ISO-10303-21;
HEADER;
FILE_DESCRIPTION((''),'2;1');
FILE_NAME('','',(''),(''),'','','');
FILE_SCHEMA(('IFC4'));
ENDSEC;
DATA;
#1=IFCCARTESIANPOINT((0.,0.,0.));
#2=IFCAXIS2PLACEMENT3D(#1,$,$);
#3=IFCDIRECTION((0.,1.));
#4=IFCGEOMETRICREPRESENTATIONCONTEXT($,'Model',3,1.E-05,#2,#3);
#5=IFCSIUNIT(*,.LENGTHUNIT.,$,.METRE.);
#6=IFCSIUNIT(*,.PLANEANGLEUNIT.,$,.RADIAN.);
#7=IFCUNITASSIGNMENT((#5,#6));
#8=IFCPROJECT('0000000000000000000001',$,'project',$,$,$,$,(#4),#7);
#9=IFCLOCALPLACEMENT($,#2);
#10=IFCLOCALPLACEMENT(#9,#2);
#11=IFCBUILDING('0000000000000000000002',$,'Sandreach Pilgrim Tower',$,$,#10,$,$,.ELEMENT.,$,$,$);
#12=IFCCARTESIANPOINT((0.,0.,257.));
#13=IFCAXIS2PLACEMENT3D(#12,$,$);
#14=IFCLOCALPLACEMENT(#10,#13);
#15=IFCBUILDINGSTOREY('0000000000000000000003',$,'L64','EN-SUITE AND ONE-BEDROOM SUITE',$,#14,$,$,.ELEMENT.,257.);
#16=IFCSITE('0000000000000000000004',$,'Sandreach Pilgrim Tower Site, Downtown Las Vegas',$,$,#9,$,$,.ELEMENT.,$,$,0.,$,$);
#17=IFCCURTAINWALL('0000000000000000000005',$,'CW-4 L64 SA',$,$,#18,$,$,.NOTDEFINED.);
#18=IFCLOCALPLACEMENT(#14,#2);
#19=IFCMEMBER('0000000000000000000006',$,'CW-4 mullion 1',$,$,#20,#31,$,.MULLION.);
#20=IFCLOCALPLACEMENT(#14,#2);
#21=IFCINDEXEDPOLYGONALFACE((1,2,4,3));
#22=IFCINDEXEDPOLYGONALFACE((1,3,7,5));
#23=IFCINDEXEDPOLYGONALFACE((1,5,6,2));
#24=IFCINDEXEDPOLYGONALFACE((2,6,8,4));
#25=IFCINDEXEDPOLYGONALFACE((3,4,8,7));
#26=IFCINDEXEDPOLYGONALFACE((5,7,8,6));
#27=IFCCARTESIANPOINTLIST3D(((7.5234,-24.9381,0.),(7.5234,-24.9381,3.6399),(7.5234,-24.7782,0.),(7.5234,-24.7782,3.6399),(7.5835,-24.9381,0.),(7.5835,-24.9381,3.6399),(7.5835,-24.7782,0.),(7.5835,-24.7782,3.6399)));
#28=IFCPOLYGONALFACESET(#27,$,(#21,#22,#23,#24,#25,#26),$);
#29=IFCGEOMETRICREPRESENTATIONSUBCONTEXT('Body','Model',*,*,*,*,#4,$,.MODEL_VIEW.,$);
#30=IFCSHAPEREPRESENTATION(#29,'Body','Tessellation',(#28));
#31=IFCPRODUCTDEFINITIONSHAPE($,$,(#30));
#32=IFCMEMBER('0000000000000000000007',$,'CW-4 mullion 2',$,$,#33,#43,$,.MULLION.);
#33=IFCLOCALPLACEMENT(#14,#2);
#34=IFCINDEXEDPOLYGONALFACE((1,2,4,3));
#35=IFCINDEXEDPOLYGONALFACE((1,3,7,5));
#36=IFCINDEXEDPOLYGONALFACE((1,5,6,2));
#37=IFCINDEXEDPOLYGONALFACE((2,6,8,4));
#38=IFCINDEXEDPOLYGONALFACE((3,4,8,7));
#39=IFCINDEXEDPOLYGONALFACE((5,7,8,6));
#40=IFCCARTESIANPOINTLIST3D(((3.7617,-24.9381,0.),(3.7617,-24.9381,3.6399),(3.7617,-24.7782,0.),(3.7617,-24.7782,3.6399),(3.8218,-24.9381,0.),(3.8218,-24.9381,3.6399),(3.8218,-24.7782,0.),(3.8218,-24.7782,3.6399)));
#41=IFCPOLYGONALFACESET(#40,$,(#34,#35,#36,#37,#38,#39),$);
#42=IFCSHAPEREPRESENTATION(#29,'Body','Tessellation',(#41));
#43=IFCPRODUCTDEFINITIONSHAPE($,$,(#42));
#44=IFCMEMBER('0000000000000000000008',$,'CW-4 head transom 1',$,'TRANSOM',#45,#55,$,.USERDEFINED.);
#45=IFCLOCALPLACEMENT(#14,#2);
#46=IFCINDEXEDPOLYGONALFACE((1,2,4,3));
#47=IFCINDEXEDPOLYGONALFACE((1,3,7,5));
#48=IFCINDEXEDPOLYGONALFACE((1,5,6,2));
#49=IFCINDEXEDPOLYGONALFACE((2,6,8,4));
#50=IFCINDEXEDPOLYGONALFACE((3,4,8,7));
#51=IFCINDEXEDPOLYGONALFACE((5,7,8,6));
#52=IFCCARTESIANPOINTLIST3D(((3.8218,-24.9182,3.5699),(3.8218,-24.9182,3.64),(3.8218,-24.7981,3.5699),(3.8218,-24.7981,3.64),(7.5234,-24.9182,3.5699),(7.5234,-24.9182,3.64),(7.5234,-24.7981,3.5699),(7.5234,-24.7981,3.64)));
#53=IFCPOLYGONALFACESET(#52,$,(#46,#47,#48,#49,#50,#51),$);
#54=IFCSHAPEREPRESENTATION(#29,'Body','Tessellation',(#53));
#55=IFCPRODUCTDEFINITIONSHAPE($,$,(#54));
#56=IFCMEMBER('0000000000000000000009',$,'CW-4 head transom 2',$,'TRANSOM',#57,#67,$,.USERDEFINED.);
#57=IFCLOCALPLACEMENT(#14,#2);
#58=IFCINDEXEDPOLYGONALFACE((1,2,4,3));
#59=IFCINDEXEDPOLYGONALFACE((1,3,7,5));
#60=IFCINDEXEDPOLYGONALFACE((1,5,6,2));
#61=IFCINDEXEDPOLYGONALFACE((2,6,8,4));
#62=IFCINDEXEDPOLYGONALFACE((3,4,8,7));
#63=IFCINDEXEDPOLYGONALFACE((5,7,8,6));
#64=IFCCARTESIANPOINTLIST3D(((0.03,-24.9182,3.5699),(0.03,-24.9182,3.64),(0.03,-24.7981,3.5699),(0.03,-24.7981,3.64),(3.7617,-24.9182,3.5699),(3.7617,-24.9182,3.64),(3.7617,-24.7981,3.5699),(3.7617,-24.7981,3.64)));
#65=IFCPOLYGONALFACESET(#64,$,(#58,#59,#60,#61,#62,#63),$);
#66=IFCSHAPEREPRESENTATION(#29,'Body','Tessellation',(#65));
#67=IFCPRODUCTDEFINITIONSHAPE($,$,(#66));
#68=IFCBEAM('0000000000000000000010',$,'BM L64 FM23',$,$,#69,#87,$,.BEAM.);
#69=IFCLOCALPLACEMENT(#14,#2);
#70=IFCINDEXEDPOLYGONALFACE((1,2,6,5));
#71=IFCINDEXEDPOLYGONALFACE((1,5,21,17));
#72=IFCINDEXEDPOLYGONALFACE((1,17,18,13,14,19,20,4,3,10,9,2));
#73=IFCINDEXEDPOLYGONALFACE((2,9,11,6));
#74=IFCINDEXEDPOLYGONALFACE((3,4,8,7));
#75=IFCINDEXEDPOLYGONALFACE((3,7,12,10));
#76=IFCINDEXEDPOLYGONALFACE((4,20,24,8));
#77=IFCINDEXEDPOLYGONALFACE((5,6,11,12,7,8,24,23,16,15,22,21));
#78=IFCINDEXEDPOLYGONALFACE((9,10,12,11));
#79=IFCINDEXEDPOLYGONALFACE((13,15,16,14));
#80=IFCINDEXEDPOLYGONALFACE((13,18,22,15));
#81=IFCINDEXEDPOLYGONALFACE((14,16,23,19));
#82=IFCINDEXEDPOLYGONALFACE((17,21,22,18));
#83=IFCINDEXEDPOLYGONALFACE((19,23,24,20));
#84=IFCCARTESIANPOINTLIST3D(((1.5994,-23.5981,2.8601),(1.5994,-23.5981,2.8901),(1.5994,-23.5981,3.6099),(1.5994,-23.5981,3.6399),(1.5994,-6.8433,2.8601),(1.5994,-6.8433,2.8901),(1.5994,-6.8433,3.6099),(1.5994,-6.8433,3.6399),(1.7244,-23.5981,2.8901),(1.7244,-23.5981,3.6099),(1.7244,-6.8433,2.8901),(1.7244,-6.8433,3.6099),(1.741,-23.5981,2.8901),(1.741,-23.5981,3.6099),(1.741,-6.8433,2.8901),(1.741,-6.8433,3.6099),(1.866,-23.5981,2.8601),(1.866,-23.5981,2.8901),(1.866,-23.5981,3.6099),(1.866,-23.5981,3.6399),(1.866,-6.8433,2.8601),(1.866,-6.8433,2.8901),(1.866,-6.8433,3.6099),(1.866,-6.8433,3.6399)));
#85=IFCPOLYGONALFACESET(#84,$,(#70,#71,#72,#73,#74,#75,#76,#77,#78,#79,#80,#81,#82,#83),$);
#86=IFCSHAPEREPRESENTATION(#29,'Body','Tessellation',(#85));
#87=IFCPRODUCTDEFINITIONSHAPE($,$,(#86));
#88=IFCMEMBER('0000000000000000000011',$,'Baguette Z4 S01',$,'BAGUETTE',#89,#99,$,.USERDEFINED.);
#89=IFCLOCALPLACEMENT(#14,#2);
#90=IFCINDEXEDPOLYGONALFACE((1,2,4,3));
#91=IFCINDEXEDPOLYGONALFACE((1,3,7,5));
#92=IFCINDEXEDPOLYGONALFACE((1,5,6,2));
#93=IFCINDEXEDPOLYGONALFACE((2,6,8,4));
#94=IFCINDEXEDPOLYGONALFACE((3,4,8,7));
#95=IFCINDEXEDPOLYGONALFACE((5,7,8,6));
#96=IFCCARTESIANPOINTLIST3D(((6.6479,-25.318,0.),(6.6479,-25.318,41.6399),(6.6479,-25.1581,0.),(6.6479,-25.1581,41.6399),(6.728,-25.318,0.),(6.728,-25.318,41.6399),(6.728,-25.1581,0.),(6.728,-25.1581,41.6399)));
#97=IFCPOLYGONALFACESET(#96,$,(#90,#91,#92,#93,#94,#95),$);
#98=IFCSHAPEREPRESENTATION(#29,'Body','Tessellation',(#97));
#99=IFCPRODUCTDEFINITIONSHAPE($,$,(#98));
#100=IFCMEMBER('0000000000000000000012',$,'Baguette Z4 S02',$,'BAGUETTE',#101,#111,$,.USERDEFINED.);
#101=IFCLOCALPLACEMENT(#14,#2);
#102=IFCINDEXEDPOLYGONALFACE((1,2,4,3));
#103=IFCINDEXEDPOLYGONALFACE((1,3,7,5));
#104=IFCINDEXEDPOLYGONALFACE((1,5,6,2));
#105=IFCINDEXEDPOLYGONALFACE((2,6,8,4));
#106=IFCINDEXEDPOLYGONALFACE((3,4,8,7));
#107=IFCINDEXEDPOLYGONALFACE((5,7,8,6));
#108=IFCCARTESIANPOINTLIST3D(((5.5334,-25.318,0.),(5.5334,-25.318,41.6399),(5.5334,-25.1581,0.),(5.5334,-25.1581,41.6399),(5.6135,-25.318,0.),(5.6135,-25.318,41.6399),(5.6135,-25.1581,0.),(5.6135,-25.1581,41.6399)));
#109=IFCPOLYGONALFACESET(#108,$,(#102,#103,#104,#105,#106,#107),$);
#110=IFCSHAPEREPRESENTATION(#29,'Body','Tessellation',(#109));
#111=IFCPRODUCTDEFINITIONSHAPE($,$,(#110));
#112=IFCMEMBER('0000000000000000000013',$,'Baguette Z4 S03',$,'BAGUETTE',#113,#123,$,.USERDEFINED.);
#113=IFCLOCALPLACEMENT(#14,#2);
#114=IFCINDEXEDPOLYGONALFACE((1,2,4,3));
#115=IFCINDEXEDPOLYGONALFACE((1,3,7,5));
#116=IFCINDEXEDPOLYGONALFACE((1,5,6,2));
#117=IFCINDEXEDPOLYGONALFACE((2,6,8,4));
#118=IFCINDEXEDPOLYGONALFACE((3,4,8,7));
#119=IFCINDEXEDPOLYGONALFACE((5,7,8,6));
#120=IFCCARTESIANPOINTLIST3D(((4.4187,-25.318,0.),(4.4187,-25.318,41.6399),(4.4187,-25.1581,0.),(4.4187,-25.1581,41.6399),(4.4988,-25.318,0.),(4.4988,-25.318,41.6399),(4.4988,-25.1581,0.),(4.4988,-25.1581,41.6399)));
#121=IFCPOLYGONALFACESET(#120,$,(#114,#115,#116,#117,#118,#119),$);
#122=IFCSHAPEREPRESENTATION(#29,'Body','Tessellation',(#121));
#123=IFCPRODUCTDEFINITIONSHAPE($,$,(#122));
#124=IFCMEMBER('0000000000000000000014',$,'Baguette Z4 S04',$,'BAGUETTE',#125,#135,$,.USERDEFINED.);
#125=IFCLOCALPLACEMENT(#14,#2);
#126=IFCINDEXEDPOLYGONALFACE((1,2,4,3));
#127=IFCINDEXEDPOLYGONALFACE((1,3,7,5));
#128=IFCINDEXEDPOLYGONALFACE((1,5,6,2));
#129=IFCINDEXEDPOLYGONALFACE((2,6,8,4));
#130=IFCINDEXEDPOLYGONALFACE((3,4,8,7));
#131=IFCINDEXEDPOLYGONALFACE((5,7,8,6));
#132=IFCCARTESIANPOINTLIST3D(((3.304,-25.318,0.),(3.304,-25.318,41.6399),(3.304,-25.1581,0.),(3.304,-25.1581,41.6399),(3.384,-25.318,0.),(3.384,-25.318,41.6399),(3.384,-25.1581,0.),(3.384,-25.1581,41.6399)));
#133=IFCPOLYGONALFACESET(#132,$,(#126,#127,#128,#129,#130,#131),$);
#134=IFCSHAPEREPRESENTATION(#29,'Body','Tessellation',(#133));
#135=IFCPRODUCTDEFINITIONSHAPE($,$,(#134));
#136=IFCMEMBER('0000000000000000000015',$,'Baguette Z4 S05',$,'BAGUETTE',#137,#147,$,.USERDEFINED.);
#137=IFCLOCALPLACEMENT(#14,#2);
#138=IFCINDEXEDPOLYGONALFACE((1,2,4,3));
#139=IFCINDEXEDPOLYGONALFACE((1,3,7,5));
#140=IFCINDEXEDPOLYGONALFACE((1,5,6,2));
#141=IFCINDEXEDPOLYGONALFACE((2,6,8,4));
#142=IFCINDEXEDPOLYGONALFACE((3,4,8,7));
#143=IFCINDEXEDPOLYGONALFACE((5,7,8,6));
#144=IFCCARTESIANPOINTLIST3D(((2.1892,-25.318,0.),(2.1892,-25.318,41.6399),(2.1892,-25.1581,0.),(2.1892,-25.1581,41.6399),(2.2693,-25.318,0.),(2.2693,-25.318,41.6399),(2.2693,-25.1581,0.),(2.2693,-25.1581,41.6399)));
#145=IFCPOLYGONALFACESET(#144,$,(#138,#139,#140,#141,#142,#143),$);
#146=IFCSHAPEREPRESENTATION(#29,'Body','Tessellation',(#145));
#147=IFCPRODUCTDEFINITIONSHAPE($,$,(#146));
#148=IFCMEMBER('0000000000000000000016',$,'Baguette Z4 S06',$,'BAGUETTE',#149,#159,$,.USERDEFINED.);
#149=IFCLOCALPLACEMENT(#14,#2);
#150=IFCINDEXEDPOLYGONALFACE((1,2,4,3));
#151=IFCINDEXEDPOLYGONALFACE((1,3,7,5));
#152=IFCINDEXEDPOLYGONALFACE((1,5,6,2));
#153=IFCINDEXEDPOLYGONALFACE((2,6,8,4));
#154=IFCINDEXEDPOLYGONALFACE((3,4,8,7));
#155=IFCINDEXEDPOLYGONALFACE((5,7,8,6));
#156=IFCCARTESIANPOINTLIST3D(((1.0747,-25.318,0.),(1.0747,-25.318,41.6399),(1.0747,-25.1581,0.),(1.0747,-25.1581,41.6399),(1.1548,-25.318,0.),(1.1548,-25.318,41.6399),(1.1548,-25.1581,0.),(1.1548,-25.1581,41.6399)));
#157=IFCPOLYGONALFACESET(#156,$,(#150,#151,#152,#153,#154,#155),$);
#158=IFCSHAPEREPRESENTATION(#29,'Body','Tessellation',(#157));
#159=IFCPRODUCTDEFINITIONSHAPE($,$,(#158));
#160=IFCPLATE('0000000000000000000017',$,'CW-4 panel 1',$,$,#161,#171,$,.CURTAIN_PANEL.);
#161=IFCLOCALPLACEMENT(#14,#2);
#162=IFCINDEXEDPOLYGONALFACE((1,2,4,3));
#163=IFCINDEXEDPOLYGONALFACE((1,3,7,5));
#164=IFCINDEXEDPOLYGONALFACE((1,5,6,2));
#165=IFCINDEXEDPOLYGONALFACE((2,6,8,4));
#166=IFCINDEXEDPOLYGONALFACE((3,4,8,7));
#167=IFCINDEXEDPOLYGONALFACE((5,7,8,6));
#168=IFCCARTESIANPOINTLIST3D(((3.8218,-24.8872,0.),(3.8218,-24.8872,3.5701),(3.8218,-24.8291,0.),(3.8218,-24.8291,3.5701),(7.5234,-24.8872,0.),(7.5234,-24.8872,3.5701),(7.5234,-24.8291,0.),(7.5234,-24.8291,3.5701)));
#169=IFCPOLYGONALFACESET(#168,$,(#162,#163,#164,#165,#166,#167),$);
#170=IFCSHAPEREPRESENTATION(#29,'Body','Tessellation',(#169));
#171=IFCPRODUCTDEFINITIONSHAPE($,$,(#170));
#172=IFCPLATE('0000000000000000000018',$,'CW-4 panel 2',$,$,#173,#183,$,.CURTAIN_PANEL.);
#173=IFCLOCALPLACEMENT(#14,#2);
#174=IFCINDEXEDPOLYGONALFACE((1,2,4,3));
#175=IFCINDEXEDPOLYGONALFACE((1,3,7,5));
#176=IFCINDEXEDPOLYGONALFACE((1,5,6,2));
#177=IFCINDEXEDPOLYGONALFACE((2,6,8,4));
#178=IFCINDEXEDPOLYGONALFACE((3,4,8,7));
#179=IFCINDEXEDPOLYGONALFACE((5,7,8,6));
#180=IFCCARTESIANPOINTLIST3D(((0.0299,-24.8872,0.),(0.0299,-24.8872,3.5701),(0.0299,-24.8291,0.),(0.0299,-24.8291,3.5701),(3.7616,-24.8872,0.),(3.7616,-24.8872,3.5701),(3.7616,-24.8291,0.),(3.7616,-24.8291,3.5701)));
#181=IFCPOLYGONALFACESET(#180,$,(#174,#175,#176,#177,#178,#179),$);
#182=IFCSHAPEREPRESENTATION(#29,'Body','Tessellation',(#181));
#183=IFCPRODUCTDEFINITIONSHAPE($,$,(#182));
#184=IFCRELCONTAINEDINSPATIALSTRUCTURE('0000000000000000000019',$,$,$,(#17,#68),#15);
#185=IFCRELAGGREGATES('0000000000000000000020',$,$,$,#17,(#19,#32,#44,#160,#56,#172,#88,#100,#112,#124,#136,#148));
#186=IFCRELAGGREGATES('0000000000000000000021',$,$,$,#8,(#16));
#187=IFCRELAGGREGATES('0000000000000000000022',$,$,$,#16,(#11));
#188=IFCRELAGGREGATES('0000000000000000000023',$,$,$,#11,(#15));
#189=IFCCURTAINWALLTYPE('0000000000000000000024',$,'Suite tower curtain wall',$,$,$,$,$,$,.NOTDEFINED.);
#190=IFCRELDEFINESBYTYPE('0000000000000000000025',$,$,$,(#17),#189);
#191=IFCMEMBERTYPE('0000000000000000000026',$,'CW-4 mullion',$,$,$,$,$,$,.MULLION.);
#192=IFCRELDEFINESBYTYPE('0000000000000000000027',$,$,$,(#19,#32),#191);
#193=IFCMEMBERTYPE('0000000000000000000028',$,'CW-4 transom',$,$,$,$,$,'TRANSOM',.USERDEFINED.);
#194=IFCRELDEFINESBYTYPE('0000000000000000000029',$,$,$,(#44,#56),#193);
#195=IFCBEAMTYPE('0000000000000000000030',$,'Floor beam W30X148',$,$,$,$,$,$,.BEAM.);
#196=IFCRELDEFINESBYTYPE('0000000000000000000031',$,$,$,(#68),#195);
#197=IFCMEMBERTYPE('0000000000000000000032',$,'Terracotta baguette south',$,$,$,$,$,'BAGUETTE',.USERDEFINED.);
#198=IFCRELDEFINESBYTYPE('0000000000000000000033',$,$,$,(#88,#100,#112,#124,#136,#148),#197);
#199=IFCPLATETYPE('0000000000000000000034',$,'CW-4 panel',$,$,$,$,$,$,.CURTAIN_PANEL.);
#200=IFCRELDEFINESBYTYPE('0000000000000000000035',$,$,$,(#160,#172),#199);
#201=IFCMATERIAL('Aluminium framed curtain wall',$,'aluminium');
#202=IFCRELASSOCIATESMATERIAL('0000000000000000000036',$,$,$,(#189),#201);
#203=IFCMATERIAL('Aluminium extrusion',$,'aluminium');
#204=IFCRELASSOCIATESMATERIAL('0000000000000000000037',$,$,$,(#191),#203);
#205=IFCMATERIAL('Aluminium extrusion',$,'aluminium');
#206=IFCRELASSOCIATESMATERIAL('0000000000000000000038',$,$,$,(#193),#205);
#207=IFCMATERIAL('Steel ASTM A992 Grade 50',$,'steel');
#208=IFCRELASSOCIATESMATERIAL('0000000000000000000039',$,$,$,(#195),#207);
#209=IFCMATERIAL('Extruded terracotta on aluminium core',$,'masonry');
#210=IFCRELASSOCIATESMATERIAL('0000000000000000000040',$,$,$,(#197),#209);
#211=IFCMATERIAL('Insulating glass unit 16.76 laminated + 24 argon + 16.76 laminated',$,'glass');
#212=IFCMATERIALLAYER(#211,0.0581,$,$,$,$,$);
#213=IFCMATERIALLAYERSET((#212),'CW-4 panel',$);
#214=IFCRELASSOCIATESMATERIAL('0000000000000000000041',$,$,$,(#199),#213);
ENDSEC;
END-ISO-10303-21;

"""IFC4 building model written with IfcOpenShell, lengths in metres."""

from ifc_helpers import new_model, si_unit, direction, frame, origin, origin_2d, place, context, subcontext, project, spatial, rectangle, i_section, extrude, material, layer, layer_set, material_profile, profile_set, type_object, element, aggregate, save


model = new_model("IFC4")

# Units and contexts
model_context = context("Model", 3, precision=1e-05, world=origin(), true_north=direction((0.0, 1.0)))
body_context = subcontext(model_context, "Body", "Model", "MODEL_VIEW")
ifc_project = project(units=[si_unit("LENGTHUNIT", "METRE"), si_unit("PLANEANGLEUNIT", "RADIAN")], contexts=[model_context])

# Site, building, storey
site_placement = place(None, origin())
site = spatial("IfcSite", under=ifc_project, at=site_placement, Name="Sandreach Pilgrim Tower Site, Downtown Las Vegas", CompositionType="ELEMENT", RefElevation=0.0)
building_placement = place(site_placement, origin())
building = spatial("IfcBuilding", under=site, at=building_placement, Name="Sandreach Pilgrim Tower", CompositionType="ELEMENT")
storey_placement = place(building_placement, frame((0.0, 0.0, 257.0)))
storey = spatial("IfcBuildingStorey", under=building, at=storey_placement, Name="L64", Description="EN-SUITE AND ONE-BEDROOM SUITE", CompositionType="ELEMENT", Elevation=257.0)

# Curtain wall, members
ifc_material_1 = material(Name="Aluminium framed curtain wall", Category="aluminium")
curtain_wall_type = type_object("IfcCurtainWallType", Name="Suite tower curtain wall", PredefinedType="NOTDEFINED", material=ifc_material_1)
curtain_wall_placement = place(storey_placement, origin())
curtain_wall = element("IfcCurtainWall", 1, at=curtain_wall_placement, inside=storey, type_object=curtain_wall_type, Name="CW-4 L64 SA", PredefinedType="NOTDEFINED")
ifc_material_2 = material(Name="Aluminium extrusion", Category="aluminium")
ifc_material_profile_1 = material_profile(ifc_material_2, rectangle(XDim=0.0601, YDim=0.1599, at=origin_2d()), Name="CW-4M 60X160")
ifc_profile_set_1 = profile_set([ifc_material_profile_1], Name="Aluminium extrusion")
member_type_1 = type_object("IfcMemberType", Name="CW-4 mullion", PredefinedType="MULLION", material=ifc_profile_set_1)
member_1_placement = place(storey_placement, frame((7.5535, -24.8582, 0.0), z_axis=(0.0, 0.0, 1.0), x_axis=(-1.0, 0.0, 0.0)))
member_1 = element("IfcMember", 2, at=member_1_placement, type_object=member_type_1, Name="CW-4 mullion 1", PredefinedType="MULLION", context=body_context, shape_type="SweptSolid", body=[
    extrude(rectangle(XDim=0.0601, YDim=0.1599, at=origin_2d()), origin(), (0.0, 0.0, 1.0), 3.6399),
])
member_2_placement = place(storey_placement, frame((3.7917, -24.8582, 0.0), z_axis=(0.0, 0.0, 1.0), x_axis=(-1.0, 0.0, 0.0)))
member_2 = element("IfcMember", 3, at=member_2_placement, type_object=member_type_1, Name="CW-4 mullion 2", PredefinedType="MULLION", context=body_context, shape_type="SweptSolid", body=[
    extrude(rectangle(XDim=0.0601, YDim=0.1599, at=origin_2d()), origin(), (0.0, 0.0, 1.0), 3.6399),
])
ifc_material_3 = material(Name="Aluminium extrusion", Category="aluminium")
ifc_material_profile_2 = material_profile(ifc_material_3, rectangle(XDim=0.1201, YDim=0.0701, at=origin_2d()), Name="CW-4T 120X70")
ifc_profile_set_2 = profile_set([ifc_material_profile_2], Name="Aluminium extrusion")
member_type_2 = type_object("IfcMemberType", Name="CW-4 transom", ElementType="TRANSOM", PredefinedType="USERDEFINED", material=ifc_profile_set_2)
member_3_placement = place(storey_placement, frame((7.5234, -24.8582, 3.605), z_axis=(-1.0, 0.0, 0.0), x_axis=(0.0, -1.0, 0.0)))
member_3 = element("IfcMember", 4, at=member_3_placement, type_object=member_type_2, Name="CW-4 head transom 1", ObjectType="TRANSOM", PredefinedType="USERDEFINED", context=body_context, shape_type="SweptSolid", body=[
    extrude(rectangle(XDim=0.1201, YDim=0.0701, at=origin_2d()), origin(), (0.0, 0.0, 1.0), 3.7017),
])
member_4_placement = place(storey_placement, frame((3.7617, -24.8582, 3.605), z_axis=(-1.0, 0.0, 0.0), x_axis=(0.0, -1.0, 0.0)))
member_4 = element("IfcMember", 5, at=member_4_placement, type_object=member_type_2, Name="CW-4 head transom 2", ObjectType="TRANSOM", PredefinedType="USERDEFINED", context=body_context, shape_type="SweptSolid", body=[
    extrude(rectangle(XDim=0.1201, YDim=0.0701, at=origin_2d()), origin(), (0.0, 0.0, 1.0), 3.7317),
])

# Beam
ifc_material_4 = material(Name="Steel ASTM A992 Grade 50", Category="steel")
ifc_material_profile_3 = material_profile(ifc_material_4, i_section(OverallWidth=0.2666, OverallDepth=0.7798, WebThickness=0.0166, FlangeThickness=0.03, at=origin_2d()), Name="W30X148")
ifc_profile_set_3 = profile_set([ifc_material_profile_3], Name="Steel ASTM A992 Grade 50")
beam_type = type_object("IfcBeamType", Name="Floor beam W30X148", PredefinedType="BEAM", material=ifc_profile_set_3)
beam_placement = place(storey_placement, frame((1.7327, -23.5981, 3.25), z_axis=(0.0, 1.0, 0.0), x_axis=(-1.0, 0.0, 0.0)))
element("IfcBeam", 6, at=beam_placement, inside=storey, type_object=beam_type, Name="BM L64 FM23", PredefinedType="BEAM", context=body_context, shape_type="SweptSolid", body=[
    extrude(i_section(OverallWidth=0.2666, OverallDepth=0.7798, WebThickness=0.0166, FlangeThickness=0.03, at=origin_2d()), origin(), (0.0, 0.0, 1.0), 16.7549),
])

# Members
ifc_material_5 = material(Name="Extruded terracotta on aluminium core", Category="masonry")
ifc_material_profile_4 = material_profile(ifc_material_5, rectangle(XDim=0.0801, YDim=0.1599, at=origin_2d()), Name="TBS 80X160")
ifc_profile_set_4 = profile_set([ifc_material_profile_4], Name="Extruded terracotta on aluminium core")
member_type_3 = type_object("IfcMemberType", Name="Terracotta baguette south", ElementType="BAGUETTE", PredefinedType="USERDEFINED", material=ifc_profile_set_4)
member_5_placement = place(storey_placement, frame((6.688, -25.238, 0.0), z_axis=(0.0, 0.0, 1.0), x_axis=(-1.0, 0.0, 0.0)))
member_5 = element("IfcMember", 7, at=member_5_placement, type_object=member_type_3, Name="Baguette Z4 S01", ObjectType="BAGUETTE", PredefinedType="USERDEFINED", context=body_context, shape_type="SweptSolid", body=[
    extrude(rectangle(XDim=0.0801, YDim=0.1599, at=origin_2d()), origin(), (0.0, 0.0, 1.0), 41.6399),
])
member_6_placement = place(storey_placement, frame((5.5735, -25.238, 0.0), z_axis=(0.0, 0.0, 1.0), x_axis=(-1.0, 0.0, 0.0)))
member_6 = element("IfcMember", 8, at=member_6_placement, type_object=member_type_3, Name="Baguette Z4 S02", ObjectType="BAGUETTE", PredefinedType="USERDEFINED", context=body_context, shape_type="SweptSolid", body=[
    extrude(rectangle(XDim=0.0801, YDim=0.1599, at=origin_2d()), origin(), (0.0, 0.0, 1.0), 41.6399),
])
member_7_placement = place(storey_placement, frame((4.4587, -25.238, 0.0), z_axis=(0.0, 0.0, 1.0), x_axis=(-1.0, 0.0, 0.0)))
member_7 = element("IfcMember", 9, at=member_7_placement, type_object=member_type_3, Name="Baguette Z4 S03", ObjectType="BAGUETTE", PredefinedType="USERDEFINED", context=body_context, shape_type="SweptSolid", body=[
    extrude(rectangle(XDim=0.0801, YDim=0.1599, at=origin_2d()), origin(), (0.0, 0.0, 1.0), 41.6399),
])
member_8_placement = place(storey_placement, frame((3.344, -25.238, 0.0), z_axis=(0.0, 0.0, 1.0), x_axis=(-1.0, 0.0, 0.0)))
member_8 = element("IfcMember", 10, at=member_8_placement, type_object=member_type_3, Name="Baguette Z4 S04", ObjectType="BAGUETTE", PredefinedType="USERDEFINED", context=body_context, shape_type="SweptSolid", body=[
    extrude(rectangle(XDim=0.0801, YDim=0.1599, at=origin_2d()), origin(), (0.0, 0.0, 1.0), 41.6399),
])
member_9_placement = place(storey_placement, frame((2.2292, -25.238, 0.0), z_axis=(0.0, 0.0, 1.0), x_axis=(-1.0, 0.0, 0.0)))
member_9 = element("IfcMember", 11, at=member_9_placement, type_object=member_type_3, Name="Baguette Z4 S05", ObjectType="BAGUETTE", PredefinedType="USERDEFINED", context=body_context, shape_type="SweptSolid", body=[
    extrude(rectangle(XDim=0.0801, YDim=0.1599, at=origin_2d()), origin(), (0.0, 0.0, 1.0), 41.6399),
])
member_10_placement = place(storey_placement, frame((1.1147, -25.238, 0.0), z_axis=(0.0, 0.0, 1.0), x_axis=(-1.0, 0.0, 0.0)))
member_10 = element("IfcMember", 12, at=member_10_placement, type_object=member_type_3, Name="Baguette Z4 S06", ObjectType="BAGUETTE", PredefinedType="USERDEFINED", context=body_context, shape_type="SweptSolid", body=[
    extrude(rectangle(XDim=0.0801, YDim=0.1599, at=origin_2d()), origin(), (0.0, 0.0, 1.0), 41.6399),
])

# Plates
ifc_material_6 = material(Name="Insulating glass unit 16.76 laminated + 24 argon + 16.76 laminated", Category="glass")
ifc_layer_1 = layer(ifc_material_6, 0.0581)
ifc_layer_set_1 = layer_set([ifc_layer_1], Name="CW-4 panel")
plate_type = type_object("IfcPlateType", Name="CW-4 panel", PredefinedType="CURTAIN_PANEL", material=ifc_layer_set_1)
plate_1_placement = place(storey_placement, frame((5.6726, -24.8582, 0.0), z_axis=(0.0, 0.0, 1.0), x_axis=(-1.0, 0.0, 0.0)))
plate_1 = element("IfcPlate", 13, at=plate_1_placement, type_object=plate_type, Name="CW-4 panel 1", PredefinedType="CURTAIN_PANEL", context=body_context, shape_type="SweptSolid", body=[
    extrude(rectangle(XDim=3.7017, YDim=0.0581, at=origin_2d()), origin(), (0.0, 0.0, 1.0), 3.5701),
])
plate_2_placement = place(storey_placement, frame((1.8958, -24.8582, 0.0), z_axis=(0.0, 0.0, 1.0), x_axis=(-1.0, 0.0, 0.0)))
plate_2 = element("IfcPlate", 14, at=plate_2_placement, type_object=plate_type, Name="CW-4 panel 2", PredefinedType="CURTAIN_PANEL", context=body_context, shape_type="SweptSolid", body=[
    extrude(rectangle(XDim=3.7317, YDim=0.0581, at=origin_2d()), origin(), (0.0, 0.0, 1.0), 3.5701),
])
aggregate(curtain_wall, [member_1, member_2, member_3, plate_1, member_4, plate_2, member_5, member_6, member_7, member_8, member_9, member_10])

save(model, "model.ifc")
